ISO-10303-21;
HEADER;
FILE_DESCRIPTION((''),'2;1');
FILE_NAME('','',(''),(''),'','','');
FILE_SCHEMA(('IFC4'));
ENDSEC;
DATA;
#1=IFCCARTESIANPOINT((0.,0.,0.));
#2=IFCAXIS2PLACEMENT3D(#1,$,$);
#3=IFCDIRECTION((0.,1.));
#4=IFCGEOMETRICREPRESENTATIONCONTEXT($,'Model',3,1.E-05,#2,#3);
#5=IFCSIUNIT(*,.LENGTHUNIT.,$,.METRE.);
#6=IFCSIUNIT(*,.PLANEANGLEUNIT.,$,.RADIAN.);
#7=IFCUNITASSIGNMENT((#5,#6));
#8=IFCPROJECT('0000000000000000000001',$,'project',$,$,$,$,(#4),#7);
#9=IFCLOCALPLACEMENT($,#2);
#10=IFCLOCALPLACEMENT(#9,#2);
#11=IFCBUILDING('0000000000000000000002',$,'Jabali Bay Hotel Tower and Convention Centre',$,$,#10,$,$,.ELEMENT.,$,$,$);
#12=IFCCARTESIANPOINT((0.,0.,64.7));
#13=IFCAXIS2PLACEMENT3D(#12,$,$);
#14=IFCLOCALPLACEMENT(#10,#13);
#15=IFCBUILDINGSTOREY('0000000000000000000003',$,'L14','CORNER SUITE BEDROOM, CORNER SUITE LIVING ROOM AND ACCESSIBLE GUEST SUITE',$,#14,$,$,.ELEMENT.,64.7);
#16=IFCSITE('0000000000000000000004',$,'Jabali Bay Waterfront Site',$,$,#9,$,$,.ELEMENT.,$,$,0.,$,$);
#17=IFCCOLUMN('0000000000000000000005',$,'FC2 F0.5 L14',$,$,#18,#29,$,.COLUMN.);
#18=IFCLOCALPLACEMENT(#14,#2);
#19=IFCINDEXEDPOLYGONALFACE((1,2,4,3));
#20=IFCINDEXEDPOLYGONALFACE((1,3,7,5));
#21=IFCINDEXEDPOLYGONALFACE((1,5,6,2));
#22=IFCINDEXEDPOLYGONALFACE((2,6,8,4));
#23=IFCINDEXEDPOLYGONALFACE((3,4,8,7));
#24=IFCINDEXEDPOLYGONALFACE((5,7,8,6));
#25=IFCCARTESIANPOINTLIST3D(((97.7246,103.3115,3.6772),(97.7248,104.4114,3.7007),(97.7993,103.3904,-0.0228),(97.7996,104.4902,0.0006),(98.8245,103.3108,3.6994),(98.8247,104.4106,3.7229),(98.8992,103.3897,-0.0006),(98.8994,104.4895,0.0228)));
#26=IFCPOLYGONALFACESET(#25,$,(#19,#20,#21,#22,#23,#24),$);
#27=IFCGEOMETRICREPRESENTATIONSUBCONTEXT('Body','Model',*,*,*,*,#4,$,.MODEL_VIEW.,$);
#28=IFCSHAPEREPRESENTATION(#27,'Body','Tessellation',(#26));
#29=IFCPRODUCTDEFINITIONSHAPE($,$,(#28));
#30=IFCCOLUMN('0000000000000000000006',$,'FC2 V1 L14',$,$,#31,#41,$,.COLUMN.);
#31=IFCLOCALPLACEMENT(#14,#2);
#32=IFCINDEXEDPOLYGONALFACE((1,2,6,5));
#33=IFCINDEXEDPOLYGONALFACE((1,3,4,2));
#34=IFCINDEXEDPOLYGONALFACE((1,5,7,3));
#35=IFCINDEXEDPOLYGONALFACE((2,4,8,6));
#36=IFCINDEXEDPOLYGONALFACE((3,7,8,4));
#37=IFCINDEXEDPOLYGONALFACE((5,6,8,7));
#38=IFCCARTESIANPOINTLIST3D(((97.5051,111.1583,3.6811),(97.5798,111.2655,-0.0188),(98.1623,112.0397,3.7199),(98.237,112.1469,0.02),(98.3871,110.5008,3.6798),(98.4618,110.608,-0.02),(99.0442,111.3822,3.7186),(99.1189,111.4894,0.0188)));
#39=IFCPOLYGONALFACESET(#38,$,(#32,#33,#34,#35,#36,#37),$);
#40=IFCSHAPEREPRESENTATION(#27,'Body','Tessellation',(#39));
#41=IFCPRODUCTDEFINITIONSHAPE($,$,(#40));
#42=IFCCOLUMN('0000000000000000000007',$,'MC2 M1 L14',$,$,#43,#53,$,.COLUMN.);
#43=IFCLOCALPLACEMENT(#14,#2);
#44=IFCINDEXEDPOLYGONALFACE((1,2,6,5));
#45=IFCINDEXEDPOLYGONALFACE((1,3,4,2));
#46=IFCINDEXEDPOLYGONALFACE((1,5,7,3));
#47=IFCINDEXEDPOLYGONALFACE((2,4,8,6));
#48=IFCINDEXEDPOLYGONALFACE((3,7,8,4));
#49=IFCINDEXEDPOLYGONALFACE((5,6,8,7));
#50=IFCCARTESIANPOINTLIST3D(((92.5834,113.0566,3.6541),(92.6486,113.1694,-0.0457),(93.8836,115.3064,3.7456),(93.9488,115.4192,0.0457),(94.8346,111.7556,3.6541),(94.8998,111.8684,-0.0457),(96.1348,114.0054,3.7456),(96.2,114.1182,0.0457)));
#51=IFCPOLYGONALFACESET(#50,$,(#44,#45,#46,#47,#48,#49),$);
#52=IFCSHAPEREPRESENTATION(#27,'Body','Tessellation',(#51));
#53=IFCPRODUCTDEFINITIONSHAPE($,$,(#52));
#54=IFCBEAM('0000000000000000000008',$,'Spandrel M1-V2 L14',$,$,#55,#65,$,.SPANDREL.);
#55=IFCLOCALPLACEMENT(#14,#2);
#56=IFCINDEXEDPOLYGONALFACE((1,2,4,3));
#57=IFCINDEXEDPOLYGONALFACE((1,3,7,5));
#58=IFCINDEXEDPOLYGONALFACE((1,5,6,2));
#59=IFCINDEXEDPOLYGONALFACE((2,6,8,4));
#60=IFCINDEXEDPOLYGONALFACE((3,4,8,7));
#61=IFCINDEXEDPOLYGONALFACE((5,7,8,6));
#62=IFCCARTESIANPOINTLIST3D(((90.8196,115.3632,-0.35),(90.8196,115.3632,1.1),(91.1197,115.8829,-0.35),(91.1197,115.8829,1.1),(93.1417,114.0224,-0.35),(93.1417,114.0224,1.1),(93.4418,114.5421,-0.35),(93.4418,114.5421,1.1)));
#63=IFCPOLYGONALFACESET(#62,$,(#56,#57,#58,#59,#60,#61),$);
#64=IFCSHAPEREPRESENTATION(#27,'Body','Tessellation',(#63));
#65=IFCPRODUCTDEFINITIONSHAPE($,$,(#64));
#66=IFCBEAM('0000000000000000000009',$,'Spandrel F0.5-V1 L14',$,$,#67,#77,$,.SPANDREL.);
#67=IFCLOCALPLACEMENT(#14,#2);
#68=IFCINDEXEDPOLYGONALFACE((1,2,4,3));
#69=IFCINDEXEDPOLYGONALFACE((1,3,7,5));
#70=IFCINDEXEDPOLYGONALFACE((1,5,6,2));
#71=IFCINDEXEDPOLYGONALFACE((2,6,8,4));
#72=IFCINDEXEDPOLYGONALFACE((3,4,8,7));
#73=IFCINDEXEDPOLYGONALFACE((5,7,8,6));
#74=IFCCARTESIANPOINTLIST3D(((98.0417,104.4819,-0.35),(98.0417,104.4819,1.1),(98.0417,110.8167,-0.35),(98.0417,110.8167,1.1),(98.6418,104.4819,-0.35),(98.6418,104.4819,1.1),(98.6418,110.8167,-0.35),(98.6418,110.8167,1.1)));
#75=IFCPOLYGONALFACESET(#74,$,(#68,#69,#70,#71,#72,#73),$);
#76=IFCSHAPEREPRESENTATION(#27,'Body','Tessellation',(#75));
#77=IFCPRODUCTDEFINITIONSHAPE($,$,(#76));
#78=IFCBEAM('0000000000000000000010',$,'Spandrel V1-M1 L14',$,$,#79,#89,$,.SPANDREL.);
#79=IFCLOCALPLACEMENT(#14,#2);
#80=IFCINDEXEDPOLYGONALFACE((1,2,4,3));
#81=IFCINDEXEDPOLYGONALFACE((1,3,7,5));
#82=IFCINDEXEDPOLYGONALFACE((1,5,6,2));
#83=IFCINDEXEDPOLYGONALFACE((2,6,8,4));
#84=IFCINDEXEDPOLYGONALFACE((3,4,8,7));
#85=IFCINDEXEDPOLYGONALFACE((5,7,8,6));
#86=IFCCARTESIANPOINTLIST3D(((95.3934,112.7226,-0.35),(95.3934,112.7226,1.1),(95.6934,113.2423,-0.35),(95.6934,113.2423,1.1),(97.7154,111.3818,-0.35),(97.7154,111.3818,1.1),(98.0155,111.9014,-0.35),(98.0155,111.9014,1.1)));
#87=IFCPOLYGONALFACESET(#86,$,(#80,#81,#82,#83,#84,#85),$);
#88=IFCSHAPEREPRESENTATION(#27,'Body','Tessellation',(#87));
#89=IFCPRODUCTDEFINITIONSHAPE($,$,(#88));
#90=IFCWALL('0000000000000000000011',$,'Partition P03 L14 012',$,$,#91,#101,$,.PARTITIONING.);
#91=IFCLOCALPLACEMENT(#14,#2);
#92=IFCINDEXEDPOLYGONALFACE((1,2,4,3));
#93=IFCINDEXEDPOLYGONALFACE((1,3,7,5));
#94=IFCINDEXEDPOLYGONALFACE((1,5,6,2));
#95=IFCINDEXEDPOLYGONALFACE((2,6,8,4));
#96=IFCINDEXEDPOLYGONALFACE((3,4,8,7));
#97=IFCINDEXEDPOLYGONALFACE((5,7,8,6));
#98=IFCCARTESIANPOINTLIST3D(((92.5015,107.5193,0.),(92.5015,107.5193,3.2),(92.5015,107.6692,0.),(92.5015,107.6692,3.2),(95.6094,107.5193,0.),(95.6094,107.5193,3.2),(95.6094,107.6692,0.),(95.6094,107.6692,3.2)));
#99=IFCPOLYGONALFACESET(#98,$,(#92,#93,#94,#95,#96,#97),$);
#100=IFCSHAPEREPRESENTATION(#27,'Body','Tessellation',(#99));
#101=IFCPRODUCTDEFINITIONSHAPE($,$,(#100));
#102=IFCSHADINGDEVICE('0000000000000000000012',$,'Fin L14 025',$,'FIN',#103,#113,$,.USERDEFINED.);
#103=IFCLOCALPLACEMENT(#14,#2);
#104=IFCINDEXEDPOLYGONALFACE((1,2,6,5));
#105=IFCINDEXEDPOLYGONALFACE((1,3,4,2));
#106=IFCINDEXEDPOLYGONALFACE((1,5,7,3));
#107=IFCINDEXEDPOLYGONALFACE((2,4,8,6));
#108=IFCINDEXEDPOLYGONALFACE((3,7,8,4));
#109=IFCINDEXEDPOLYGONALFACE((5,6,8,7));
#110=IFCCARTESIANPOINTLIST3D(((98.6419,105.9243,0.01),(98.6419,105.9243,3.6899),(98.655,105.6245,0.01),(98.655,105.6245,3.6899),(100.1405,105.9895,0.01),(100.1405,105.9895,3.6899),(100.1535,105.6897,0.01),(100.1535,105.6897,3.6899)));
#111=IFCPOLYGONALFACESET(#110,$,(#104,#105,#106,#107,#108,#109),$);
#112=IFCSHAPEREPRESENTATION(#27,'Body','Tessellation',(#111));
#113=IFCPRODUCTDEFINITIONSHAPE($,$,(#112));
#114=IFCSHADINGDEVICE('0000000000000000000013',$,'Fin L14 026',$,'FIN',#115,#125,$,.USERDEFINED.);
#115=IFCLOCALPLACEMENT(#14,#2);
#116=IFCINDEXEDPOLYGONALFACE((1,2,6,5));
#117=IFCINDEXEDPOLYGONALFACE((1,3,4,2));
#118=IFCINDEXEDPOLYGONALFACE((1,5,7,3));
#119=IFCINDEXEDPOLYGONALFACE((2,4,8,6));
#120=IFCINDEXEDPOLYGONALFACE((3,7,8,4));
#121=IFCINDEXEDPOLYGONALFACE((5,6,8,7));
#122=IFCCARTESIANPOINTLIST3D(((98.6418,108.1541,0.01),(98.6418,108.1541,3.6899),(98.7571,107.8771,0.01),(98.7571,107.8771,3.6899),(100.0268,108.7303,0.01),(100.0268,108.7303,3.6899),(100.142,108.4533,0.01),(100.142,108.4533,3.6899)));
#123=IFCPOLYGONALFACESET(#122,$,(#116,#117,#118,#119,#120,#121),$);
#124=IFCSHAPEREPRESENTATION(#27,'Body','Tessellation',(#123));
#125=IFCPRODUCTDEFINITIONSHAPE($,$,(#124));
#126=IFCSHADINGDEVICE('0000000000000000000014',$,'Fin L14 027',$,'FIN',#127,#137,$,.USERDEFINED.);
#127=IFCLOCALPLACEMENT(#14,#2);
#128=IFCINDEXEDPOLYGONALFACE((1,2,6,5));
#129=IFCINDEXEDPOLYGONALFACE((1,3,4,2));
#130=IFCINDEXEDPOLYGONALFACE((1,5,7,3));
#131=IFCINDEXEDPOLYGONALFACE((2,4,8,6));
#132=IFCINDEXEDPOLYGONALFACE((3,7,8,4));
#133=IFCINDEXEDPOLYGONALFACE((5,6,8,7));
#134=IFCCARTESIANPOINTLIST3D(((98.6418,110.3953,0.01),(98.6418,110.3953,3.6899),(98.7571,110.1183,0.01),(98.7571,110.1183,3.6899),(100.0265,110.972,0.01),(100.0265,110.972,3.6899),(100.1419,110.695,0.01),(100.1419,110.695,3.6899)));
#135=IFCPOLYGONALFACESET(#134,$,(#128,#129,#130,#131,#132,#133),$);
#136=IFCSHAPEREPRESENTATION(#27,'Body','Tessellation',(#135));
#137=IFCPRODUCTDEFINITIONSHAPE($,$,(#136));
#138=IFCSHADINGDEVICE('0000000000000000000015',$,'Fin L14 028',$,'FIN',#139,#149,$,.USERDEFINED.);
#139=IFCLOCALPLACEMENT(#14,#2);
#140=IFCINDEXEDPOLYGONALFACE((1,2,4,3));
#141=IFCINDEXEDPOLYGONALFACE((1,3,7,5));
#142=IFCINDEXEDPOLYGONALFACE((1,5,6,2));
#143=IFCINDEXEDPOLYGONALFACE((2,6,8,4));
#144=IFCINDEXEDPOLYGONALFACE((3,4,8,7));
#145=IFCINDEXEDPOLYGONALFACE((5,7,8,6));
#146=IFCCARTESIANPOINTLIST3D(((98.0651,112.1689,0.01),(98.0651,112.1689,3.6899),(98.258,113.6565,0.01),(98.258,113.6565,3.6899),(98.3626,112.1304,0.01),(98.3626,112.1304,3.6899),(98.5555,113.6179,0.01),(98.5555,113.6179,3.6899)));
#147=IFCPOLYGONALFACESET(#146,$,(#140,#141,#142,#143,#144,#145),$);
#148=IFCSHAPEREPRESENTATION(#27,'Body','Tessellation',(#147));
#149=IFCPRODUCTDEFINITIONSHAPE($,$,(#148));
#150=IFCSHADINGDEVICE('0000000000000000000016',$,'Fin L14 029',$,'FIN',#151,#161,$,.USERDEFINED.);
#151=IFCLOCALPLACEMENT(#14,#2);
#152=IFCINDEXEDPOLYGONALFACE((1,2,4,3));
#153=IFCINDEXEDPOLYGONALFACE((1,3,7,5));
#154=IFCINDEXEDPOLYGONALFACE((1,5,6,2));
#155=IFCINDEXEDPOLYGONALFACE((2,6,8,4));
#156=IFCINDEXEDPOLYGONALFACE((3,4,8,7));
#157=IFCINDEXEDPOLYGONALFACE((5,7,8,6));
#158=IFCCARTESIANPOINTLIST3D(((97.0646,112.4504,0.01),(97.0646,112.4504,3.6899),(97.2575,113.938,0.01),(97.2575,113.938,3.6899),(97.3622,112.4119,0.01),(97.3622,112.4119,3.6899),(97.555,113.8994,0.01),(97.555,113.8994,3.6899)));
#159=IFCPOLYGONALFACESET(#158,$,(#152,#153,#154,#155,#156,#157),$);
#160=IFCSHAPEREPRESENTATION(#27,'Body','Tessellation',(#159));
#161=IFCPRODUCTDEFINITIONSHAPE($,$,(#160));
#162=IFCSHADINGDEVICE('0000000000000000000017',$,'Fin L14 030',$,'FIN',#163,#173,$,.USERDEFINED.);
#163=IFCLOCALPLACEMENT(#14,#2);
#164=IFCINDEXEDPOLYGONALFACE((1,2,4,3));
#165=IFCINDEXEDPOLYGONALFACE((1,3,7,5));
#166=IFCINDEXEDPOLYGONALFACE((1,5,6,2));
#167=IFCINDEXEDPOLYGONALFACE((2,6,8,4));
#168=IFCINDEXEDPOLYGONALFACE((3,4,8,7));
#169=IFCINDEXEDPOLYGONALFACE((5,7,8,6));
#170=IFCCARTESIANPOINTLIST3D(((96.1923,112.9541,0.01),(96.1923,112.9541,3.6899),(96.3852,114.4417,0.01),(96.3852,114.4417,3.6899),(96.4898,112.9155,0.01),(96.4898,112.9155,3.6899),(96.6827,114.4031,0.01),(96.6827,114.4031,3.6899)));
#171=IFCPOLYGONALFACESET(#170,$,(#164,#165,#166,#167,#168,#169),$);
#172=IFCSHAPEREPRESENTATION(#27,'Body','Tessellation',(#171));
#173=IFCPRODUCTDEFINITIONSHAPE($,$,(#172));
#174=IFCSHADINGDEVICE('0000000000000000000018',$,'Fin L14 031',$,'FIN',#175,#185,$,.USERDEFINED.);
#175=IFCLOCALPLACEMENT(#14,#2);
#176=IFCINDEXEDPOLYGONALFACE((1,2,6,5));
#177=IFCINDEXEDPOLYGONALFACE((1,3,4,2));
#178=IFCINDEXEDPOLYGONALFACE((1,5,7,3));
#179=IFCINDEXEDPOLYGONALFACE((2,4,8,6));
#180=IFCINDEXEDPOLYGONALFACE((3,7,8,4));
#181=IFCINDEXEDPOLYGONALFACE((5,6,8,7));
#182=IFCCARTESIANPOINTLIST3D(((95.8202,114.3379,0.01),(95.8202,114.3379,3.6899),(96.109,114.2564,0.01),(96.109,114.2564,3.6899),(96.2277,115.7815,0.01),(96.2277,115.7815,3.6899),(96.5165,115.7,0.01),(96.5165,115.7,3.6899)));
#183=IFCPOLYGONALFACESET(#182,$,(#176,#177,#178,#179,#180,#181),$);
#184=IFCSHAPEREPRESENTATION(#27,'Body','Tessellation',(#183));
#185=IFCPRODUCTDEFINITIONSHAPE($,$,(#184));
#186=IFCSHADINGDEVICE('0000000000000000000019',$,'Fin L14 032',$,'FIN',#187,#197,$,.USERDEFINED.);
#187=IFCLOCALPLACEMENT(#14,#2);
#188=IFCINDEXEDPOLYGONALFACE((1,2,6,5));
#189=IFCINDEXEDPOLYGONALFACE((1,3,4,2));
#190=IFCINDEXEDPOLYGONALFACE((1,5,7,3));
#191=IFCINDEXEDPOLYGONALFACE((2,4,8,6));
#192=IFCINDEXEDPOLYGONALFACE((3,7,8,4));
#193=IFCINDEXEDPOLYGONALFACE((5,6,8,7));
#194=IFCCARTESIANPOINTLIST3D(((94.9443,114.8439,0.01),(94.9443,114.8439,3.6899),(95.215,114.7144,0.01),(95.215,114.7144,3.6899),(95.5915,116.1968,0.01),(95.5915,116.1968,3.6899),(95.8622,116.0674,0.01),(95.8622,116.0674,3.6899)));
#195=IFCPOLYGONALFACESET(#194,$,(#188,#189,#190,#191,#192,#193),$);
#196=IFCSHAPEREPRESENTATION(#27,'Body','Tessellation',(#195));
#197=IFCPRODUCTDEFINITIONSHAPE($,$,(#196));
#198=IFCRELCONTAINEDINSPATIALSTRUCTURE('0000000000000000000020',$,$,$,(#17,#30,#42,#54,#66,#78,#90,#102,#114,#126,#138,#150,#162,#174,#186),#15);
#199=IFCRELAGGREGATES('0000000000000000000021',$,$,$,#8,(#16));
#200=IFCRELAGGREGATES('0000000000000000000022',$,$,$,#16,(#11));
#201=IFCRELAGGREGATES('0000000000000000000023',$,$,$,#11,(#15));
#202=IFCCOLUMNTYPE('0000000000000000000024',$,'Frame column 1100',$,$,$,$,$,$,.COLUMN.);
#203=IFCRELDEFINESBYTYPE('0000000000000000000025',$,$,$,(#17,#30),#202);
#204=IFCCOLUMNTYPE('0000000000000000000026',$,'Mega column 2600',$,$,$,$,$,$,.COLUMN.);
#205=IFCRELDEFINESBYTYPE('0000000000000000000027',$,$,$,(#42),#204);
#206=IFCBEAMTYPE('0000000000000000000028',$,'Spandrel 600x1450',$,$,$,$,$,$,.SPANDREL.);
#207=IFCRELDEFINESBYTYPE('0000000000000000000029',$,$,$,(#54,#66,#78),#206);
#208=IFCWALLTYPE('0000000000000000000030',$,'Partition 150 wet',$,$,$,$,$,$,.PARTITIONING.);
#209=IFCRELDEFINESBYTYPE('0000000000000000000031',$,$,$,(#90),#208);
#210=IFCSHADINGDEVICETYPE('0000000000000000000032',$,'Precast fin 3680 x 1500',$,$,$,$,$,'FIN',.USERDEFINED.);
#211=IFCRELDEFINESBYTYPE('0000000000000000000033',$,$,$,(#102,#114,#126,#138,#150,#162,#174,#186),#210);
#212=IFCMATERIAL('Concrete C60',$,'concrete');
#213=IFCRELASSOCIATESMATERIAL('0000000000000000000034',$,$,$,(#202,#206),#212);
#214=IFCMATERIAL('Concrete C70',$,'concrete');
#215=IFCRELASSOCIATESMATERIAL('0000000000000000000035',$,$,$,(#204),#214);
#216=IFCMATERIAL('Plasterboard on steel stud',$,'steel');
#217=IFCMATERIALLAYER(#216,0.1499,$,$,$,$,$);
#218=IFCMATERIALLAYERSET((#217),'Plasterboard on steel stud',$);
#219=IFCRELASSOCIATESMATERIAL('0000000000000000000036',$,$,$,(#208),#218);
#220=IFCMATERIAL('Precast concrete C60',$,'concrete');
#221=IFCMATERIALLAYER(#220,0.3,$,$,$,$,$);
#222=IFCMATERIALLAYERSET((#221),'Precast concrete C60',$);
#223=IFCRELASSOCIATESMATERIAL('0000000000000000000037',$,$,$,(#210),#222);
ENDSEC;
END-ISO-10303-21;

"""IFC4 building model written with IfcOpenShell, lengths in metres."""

from ifc_helpers import new_model, si_unit, direction, frame, frame_2d, origin, origin_2d, place, context, subcontext, project, spatial, rectangle, extrude, material, layer, layer_set, material_profile, profile_set, type_object, element, save


model = new_model("IFC4")

# Units and contexts
model_context = context("Model", 3, precision=1e-05, world=origin(), true_north=direction((0.0, 1.0)))
body_context = subcontext(model_context, "Body", "Model", "MODEL_VIEW")
ifc_project = project(units=[si_unit("LENGTHUNIT", "METRE"), si_unit("PLANEANGLEUNIT", "RADIAN")], contexts=[model_context])

# Site, building, storey
site_placement = place(None, origin())
site = spatial("IfcSite", under=ifc_project, at=site_placement, Name="Jabali Bay Waterfront Site", CompositionType="ELEMENT", RefElevation=0.0)
building_placement = place(site_placement, origin())
building = spatial("IfcBuilding", under=site, at=building_placement, Name="Jabali Bay Hotel Tower and Convention Centre", CompositionType="ELEMENT")
storey_placement = place(building_placement, frame((0.0, 0.0, 64.7)))
storey = spatial("IfcBuildingStorey", under=building, at=storey_placement, Name="L14", Description="CORNER SUITE BEDROOM, CORNER SUITE LIVING ROOM AND ACCESSIBLE GUEST SUITE", CompositionType="ELEMENT", Elevation=64.7)

# Columns
ifc_material_1 = material(Name="Concrete C60", Category="concrete")
ifc_material_profile_1 = material_profile(ifc_material_1, rectangle(XDim=1.1001, YDim=1.1001, at=origin_2d()), Name="Frame column 1100")
ifc_profile_set_1 = profile_set([ifc_material_profile_1], Name="Concrete C60")
column_type_1 = type_object("IfcColumnType", Name="Frame column 1100", PredefinedType="COLUMN", material=ifc_profile_set_1)
column_1_placement = place(storey_placement, frame((98.3494, 103.9399, 0.0), z_axis=(-0.020183, -0.021304, 0.999569), x_axis=(0.999796, -0.000658, 0.020173)))
element("IfcColumn", 1, at=column_1_placement, inside=storey, type_object=column_type_1, Name="FC2 F0.5 L14", PredefinedType="COLUMN", context=body_context, shape_type="SweptSolid", body=[
    extrude(rectangle(XDim=1.1001, YDim=1.1001, at=origin_2d()), origin(), (0.0, 0.0, 1.0), 3.7017),
])
column_2_placement = place(storey_placement, frame((98.3494, 111.3774, 0.0), z_axis=(-0.020179, -0.028949, 0.999377), x_axis=(0.597366, 0.801193, 0.03527)))
element("IfcColumn", 2, at=column_2_placement, inside=storey, type_object=column_type_1, Name="FC2 V1 L14", PredefinedType="COLUMN", context=body_context, shape_type="SweptSolid", body=[
    extrude(rectangle(XDim=1.1001, YDim=1.1001, at=origin_2d()), origin(), (0.0, 0.0, 1.0), 3.7021),
])
ifc_material_2 = material(Name="Concrete C70", Category="concrete")
ifc_material_profile_2 = material_profile(ifc_material_2, rectangle(XDim=2.6001, YDim=2.6001, at=origin_2d()), Name="Mega column 2600")
ifc_profile_set_2 = profile_set([ifc_material_profile_2], Name="Concrete C70")
column_type_2 = type_object("IfcColumnType", Name="Mega column 2600", PredefinedType="COLUMN", material=ifc_profile_set_2)
column_3_placement = place(storey_placement, frame((94.4243, 113.6438, 0.0), z_axis=(-0.017607, -0.030466, 0.999381), x_axis=(0.865812, -0.500369, 0.0)))
element("IfcColumn", 3, at=column_3_placement, inside=storey, type_object=column_type_2, Name="MC2 M1 L14", PredefinedType="COLUMN", context=body_context, shape_type="SweptSolid", body=[
    extrude(rectangle(XDim=2.6001, YDim=2.6001, at=origin_2d()), origin(), (0.0, 0.0, 1.0), 3.7021),
])

# Beams
ifc_material_profile_3 = material_profile(ifc_material_1, rectangle(XDim=0.6001, YDim=1.45, at=origin_2d()), Name="Spandrel 600x1450")
ifc_profile_set_3 = profile_set([ifc_material_profile_3], Name="Concrete C60")
beam_type = type_object("IfcBeamType", Name="Spandrel 600x1450", PredefinedType="SPANDREL", material=ifc_profile_set_3)
beam_1_placement = place(storey_placement, frame((93.2917, 114.2822, 0.375), z_axis=(-0.865993, 0.500056, 0.0), x_axis=(-0.500056, -0.865993, 0.0)))
element("IfcBeam", 4, at=beam_1_placement, inside=storey, type_object=beam_type, Name="Spandrel M1-V2 L14", PredefinedType="SPANDREL", context=body_context, shape_type="SweptSolid", body=[
    extrude(rectangle(XDim=0.6001, YDim=1.45, at=origin_2d()), origin(), (0.0, 0.0, 1.0), 2.6814),
])
beam_2_placement = place(storey_placement, frame((98.3418, 104.4819, 0.375), z_axis=(0.0, 1.0, 0.0), x_axis=(-1.0, 0.0, 0.0)))
element("IfcBeam", 5, at=beam_2_placement, inside=storey, type_object=beam_type, Name="Spandrel F0.5-V1 L14", PredefinedType="SPANDREL", context=body_context, shape_type="SweptSolid", body=[
    extrude(rectangle(XDim=0.6001, YDim=1.45, at=origin_2d()), origin(), (0.0, 0.0, 1.0), 6.3347),
])
beam_3_placement = place(storey_placement, frame((97.8655, 111.6416, 0.375), z_axis=(-0.865993, 0.500056, 0.0), x_axis=(-0.500056, -0.865993, 0.0)))
element("IfcBeam", 6, at=beam_3_placement, inside=storey, type_object=beam_type, Name="Spandrel V1-M1 L14", PredefinedType="SPANDREL", context=body_context, shape_type="SweptSolid", body=[
    extrude(rectangle(XDim=0.6001, YDim=1.45, at=origin_2d()), origin(), (0.0, 0.0, 1.0), 2.6814),
])

# Wall
ifc_material_3 = material(Name="Plasterboard on steel stud", Category="steel")
ifc_layer_1 = layer(ifc_material_3, 0.1499)
ifc_layer_set_1 = layer_set([ifc_layer_1], Name="Plasterboard on steel stud")
wall_type_1 = type_object("IfcWallType", Name="Partition 150 wet", PredefinedType="PARTITIONING", material=ifc_layer_set_1)
wall_1_placement = place(storey_placement, frame((95.6094, 107.5942, 0.0), z_axis=(0.0, 0.0, 1.0), x_axis=(-1.0, 0.0, 0.0)))
element("IfcWall", 7, at=wall_1_placement, inside=storey, type_object=wall_type_1, Name="Partition P03 L14 012", PredefinedType="PARTITIONING", context=body_context, shape_type="SweptSolid", body=[
    extrude(rectangle(XDim=3.1079, YDim=0.1499, at=frame_2d((1.554, 0.0))), origin(), (0.0, 0.0, 1.0), 3.2),
])

# Shading devices
ifc_material_4 = material(Name="Precast concrete C60", Category="concrete")
ifc_layer_2 = layer(ifc_material_4, 0.3)
ifc_layer_set_2 = layer_set([ifc_layer_2], Name="Precast concrete C60")
shading_device_type = type_object("IfcShadingDeviceType", Name="Precast fin 3680 x 1500", ElementType="FIN", PredefinedType="USERDEFINED", material=ifc_layer_set_2)
for number, where, z_axis, x_axis, name in (
    (8, (98.6484, 105.7744, 0.01), (0.0, 0.0, 1.0), (0.999055, 0.043458, 0.0), "Fin L14 025"),
    (9, (98.6995, 108.0156, 0.01), (0.0, 0.0, 1.0), (0.923293, 0.384095, 0.0), "Fin L14 026"),
    (10, (98.6995, 110.2568, 0.01), (0.0, 0.0, 1.0), (0.923154, 0.38443, 0.0), "Fin L14 027"),
    (11, (98.2139, 112.1497, 0.01), (0.0, 0.0, 1.0), (0.128581, 0.991699, 0.0), "Fin L14 028"),
    (12, (97.2134, 112.4312, 0.01), (0.0, 0.0, 1.0), (0.128581, 0.991699, 0.0), "Fin L14 029"),
    (13, (96.3411, 112.9348, 0.01), (0.0, 0.0, 1.0), (0.128581, 0.991699, 0.0), "Fin L14 030"),
    (14, (95.9646, 114.2971, 0.01), (0.0, 0.0, 1.0), (0.271646, 0.962397, 0.0), "Fin L14 031"),
):
    element("IfcShadingDevice", number, at=place(storey_placement, frame(where, z_axis=z_axis, x_axis=x_axis)), inside=storey, type_object=shading_device_type, Name=name, ObjectType="FIN", PredefinedType="USERDEFINED", context=body_context, shape_type="SweptSolid", body=[
        extrude(rectangle(XDim=1.5, YDim=0.3, at=frame_2d((0.75, 0.0))), origin(), (0.0, 0.0, 1.0), 3.6799),
    ])
shading_device_placement = place(storey_placement, frame((95.0796, 114.7791, 0.01), z_axis=(0.0, 0.0, 1.0), x_axis=(0.431519, 0.902104, 0.0)))
element("IfcShadingDevice", 15, at=shading_device_placement, inside=storey, type_object=shading_device_type, Name="Fin L14 032", ObjectType="FIN", PredefinedType="USERDEFINED", context=body_context, shape_type="SweptSolid", body=[
    extrude(rectangle(XDim=1.4998, YDim=0.3, at=frame_2d((0.75, 0.0))), origin(), (0.0, 0.0, 1.0), 3.6799),
])

save(model, "model.ifc")
